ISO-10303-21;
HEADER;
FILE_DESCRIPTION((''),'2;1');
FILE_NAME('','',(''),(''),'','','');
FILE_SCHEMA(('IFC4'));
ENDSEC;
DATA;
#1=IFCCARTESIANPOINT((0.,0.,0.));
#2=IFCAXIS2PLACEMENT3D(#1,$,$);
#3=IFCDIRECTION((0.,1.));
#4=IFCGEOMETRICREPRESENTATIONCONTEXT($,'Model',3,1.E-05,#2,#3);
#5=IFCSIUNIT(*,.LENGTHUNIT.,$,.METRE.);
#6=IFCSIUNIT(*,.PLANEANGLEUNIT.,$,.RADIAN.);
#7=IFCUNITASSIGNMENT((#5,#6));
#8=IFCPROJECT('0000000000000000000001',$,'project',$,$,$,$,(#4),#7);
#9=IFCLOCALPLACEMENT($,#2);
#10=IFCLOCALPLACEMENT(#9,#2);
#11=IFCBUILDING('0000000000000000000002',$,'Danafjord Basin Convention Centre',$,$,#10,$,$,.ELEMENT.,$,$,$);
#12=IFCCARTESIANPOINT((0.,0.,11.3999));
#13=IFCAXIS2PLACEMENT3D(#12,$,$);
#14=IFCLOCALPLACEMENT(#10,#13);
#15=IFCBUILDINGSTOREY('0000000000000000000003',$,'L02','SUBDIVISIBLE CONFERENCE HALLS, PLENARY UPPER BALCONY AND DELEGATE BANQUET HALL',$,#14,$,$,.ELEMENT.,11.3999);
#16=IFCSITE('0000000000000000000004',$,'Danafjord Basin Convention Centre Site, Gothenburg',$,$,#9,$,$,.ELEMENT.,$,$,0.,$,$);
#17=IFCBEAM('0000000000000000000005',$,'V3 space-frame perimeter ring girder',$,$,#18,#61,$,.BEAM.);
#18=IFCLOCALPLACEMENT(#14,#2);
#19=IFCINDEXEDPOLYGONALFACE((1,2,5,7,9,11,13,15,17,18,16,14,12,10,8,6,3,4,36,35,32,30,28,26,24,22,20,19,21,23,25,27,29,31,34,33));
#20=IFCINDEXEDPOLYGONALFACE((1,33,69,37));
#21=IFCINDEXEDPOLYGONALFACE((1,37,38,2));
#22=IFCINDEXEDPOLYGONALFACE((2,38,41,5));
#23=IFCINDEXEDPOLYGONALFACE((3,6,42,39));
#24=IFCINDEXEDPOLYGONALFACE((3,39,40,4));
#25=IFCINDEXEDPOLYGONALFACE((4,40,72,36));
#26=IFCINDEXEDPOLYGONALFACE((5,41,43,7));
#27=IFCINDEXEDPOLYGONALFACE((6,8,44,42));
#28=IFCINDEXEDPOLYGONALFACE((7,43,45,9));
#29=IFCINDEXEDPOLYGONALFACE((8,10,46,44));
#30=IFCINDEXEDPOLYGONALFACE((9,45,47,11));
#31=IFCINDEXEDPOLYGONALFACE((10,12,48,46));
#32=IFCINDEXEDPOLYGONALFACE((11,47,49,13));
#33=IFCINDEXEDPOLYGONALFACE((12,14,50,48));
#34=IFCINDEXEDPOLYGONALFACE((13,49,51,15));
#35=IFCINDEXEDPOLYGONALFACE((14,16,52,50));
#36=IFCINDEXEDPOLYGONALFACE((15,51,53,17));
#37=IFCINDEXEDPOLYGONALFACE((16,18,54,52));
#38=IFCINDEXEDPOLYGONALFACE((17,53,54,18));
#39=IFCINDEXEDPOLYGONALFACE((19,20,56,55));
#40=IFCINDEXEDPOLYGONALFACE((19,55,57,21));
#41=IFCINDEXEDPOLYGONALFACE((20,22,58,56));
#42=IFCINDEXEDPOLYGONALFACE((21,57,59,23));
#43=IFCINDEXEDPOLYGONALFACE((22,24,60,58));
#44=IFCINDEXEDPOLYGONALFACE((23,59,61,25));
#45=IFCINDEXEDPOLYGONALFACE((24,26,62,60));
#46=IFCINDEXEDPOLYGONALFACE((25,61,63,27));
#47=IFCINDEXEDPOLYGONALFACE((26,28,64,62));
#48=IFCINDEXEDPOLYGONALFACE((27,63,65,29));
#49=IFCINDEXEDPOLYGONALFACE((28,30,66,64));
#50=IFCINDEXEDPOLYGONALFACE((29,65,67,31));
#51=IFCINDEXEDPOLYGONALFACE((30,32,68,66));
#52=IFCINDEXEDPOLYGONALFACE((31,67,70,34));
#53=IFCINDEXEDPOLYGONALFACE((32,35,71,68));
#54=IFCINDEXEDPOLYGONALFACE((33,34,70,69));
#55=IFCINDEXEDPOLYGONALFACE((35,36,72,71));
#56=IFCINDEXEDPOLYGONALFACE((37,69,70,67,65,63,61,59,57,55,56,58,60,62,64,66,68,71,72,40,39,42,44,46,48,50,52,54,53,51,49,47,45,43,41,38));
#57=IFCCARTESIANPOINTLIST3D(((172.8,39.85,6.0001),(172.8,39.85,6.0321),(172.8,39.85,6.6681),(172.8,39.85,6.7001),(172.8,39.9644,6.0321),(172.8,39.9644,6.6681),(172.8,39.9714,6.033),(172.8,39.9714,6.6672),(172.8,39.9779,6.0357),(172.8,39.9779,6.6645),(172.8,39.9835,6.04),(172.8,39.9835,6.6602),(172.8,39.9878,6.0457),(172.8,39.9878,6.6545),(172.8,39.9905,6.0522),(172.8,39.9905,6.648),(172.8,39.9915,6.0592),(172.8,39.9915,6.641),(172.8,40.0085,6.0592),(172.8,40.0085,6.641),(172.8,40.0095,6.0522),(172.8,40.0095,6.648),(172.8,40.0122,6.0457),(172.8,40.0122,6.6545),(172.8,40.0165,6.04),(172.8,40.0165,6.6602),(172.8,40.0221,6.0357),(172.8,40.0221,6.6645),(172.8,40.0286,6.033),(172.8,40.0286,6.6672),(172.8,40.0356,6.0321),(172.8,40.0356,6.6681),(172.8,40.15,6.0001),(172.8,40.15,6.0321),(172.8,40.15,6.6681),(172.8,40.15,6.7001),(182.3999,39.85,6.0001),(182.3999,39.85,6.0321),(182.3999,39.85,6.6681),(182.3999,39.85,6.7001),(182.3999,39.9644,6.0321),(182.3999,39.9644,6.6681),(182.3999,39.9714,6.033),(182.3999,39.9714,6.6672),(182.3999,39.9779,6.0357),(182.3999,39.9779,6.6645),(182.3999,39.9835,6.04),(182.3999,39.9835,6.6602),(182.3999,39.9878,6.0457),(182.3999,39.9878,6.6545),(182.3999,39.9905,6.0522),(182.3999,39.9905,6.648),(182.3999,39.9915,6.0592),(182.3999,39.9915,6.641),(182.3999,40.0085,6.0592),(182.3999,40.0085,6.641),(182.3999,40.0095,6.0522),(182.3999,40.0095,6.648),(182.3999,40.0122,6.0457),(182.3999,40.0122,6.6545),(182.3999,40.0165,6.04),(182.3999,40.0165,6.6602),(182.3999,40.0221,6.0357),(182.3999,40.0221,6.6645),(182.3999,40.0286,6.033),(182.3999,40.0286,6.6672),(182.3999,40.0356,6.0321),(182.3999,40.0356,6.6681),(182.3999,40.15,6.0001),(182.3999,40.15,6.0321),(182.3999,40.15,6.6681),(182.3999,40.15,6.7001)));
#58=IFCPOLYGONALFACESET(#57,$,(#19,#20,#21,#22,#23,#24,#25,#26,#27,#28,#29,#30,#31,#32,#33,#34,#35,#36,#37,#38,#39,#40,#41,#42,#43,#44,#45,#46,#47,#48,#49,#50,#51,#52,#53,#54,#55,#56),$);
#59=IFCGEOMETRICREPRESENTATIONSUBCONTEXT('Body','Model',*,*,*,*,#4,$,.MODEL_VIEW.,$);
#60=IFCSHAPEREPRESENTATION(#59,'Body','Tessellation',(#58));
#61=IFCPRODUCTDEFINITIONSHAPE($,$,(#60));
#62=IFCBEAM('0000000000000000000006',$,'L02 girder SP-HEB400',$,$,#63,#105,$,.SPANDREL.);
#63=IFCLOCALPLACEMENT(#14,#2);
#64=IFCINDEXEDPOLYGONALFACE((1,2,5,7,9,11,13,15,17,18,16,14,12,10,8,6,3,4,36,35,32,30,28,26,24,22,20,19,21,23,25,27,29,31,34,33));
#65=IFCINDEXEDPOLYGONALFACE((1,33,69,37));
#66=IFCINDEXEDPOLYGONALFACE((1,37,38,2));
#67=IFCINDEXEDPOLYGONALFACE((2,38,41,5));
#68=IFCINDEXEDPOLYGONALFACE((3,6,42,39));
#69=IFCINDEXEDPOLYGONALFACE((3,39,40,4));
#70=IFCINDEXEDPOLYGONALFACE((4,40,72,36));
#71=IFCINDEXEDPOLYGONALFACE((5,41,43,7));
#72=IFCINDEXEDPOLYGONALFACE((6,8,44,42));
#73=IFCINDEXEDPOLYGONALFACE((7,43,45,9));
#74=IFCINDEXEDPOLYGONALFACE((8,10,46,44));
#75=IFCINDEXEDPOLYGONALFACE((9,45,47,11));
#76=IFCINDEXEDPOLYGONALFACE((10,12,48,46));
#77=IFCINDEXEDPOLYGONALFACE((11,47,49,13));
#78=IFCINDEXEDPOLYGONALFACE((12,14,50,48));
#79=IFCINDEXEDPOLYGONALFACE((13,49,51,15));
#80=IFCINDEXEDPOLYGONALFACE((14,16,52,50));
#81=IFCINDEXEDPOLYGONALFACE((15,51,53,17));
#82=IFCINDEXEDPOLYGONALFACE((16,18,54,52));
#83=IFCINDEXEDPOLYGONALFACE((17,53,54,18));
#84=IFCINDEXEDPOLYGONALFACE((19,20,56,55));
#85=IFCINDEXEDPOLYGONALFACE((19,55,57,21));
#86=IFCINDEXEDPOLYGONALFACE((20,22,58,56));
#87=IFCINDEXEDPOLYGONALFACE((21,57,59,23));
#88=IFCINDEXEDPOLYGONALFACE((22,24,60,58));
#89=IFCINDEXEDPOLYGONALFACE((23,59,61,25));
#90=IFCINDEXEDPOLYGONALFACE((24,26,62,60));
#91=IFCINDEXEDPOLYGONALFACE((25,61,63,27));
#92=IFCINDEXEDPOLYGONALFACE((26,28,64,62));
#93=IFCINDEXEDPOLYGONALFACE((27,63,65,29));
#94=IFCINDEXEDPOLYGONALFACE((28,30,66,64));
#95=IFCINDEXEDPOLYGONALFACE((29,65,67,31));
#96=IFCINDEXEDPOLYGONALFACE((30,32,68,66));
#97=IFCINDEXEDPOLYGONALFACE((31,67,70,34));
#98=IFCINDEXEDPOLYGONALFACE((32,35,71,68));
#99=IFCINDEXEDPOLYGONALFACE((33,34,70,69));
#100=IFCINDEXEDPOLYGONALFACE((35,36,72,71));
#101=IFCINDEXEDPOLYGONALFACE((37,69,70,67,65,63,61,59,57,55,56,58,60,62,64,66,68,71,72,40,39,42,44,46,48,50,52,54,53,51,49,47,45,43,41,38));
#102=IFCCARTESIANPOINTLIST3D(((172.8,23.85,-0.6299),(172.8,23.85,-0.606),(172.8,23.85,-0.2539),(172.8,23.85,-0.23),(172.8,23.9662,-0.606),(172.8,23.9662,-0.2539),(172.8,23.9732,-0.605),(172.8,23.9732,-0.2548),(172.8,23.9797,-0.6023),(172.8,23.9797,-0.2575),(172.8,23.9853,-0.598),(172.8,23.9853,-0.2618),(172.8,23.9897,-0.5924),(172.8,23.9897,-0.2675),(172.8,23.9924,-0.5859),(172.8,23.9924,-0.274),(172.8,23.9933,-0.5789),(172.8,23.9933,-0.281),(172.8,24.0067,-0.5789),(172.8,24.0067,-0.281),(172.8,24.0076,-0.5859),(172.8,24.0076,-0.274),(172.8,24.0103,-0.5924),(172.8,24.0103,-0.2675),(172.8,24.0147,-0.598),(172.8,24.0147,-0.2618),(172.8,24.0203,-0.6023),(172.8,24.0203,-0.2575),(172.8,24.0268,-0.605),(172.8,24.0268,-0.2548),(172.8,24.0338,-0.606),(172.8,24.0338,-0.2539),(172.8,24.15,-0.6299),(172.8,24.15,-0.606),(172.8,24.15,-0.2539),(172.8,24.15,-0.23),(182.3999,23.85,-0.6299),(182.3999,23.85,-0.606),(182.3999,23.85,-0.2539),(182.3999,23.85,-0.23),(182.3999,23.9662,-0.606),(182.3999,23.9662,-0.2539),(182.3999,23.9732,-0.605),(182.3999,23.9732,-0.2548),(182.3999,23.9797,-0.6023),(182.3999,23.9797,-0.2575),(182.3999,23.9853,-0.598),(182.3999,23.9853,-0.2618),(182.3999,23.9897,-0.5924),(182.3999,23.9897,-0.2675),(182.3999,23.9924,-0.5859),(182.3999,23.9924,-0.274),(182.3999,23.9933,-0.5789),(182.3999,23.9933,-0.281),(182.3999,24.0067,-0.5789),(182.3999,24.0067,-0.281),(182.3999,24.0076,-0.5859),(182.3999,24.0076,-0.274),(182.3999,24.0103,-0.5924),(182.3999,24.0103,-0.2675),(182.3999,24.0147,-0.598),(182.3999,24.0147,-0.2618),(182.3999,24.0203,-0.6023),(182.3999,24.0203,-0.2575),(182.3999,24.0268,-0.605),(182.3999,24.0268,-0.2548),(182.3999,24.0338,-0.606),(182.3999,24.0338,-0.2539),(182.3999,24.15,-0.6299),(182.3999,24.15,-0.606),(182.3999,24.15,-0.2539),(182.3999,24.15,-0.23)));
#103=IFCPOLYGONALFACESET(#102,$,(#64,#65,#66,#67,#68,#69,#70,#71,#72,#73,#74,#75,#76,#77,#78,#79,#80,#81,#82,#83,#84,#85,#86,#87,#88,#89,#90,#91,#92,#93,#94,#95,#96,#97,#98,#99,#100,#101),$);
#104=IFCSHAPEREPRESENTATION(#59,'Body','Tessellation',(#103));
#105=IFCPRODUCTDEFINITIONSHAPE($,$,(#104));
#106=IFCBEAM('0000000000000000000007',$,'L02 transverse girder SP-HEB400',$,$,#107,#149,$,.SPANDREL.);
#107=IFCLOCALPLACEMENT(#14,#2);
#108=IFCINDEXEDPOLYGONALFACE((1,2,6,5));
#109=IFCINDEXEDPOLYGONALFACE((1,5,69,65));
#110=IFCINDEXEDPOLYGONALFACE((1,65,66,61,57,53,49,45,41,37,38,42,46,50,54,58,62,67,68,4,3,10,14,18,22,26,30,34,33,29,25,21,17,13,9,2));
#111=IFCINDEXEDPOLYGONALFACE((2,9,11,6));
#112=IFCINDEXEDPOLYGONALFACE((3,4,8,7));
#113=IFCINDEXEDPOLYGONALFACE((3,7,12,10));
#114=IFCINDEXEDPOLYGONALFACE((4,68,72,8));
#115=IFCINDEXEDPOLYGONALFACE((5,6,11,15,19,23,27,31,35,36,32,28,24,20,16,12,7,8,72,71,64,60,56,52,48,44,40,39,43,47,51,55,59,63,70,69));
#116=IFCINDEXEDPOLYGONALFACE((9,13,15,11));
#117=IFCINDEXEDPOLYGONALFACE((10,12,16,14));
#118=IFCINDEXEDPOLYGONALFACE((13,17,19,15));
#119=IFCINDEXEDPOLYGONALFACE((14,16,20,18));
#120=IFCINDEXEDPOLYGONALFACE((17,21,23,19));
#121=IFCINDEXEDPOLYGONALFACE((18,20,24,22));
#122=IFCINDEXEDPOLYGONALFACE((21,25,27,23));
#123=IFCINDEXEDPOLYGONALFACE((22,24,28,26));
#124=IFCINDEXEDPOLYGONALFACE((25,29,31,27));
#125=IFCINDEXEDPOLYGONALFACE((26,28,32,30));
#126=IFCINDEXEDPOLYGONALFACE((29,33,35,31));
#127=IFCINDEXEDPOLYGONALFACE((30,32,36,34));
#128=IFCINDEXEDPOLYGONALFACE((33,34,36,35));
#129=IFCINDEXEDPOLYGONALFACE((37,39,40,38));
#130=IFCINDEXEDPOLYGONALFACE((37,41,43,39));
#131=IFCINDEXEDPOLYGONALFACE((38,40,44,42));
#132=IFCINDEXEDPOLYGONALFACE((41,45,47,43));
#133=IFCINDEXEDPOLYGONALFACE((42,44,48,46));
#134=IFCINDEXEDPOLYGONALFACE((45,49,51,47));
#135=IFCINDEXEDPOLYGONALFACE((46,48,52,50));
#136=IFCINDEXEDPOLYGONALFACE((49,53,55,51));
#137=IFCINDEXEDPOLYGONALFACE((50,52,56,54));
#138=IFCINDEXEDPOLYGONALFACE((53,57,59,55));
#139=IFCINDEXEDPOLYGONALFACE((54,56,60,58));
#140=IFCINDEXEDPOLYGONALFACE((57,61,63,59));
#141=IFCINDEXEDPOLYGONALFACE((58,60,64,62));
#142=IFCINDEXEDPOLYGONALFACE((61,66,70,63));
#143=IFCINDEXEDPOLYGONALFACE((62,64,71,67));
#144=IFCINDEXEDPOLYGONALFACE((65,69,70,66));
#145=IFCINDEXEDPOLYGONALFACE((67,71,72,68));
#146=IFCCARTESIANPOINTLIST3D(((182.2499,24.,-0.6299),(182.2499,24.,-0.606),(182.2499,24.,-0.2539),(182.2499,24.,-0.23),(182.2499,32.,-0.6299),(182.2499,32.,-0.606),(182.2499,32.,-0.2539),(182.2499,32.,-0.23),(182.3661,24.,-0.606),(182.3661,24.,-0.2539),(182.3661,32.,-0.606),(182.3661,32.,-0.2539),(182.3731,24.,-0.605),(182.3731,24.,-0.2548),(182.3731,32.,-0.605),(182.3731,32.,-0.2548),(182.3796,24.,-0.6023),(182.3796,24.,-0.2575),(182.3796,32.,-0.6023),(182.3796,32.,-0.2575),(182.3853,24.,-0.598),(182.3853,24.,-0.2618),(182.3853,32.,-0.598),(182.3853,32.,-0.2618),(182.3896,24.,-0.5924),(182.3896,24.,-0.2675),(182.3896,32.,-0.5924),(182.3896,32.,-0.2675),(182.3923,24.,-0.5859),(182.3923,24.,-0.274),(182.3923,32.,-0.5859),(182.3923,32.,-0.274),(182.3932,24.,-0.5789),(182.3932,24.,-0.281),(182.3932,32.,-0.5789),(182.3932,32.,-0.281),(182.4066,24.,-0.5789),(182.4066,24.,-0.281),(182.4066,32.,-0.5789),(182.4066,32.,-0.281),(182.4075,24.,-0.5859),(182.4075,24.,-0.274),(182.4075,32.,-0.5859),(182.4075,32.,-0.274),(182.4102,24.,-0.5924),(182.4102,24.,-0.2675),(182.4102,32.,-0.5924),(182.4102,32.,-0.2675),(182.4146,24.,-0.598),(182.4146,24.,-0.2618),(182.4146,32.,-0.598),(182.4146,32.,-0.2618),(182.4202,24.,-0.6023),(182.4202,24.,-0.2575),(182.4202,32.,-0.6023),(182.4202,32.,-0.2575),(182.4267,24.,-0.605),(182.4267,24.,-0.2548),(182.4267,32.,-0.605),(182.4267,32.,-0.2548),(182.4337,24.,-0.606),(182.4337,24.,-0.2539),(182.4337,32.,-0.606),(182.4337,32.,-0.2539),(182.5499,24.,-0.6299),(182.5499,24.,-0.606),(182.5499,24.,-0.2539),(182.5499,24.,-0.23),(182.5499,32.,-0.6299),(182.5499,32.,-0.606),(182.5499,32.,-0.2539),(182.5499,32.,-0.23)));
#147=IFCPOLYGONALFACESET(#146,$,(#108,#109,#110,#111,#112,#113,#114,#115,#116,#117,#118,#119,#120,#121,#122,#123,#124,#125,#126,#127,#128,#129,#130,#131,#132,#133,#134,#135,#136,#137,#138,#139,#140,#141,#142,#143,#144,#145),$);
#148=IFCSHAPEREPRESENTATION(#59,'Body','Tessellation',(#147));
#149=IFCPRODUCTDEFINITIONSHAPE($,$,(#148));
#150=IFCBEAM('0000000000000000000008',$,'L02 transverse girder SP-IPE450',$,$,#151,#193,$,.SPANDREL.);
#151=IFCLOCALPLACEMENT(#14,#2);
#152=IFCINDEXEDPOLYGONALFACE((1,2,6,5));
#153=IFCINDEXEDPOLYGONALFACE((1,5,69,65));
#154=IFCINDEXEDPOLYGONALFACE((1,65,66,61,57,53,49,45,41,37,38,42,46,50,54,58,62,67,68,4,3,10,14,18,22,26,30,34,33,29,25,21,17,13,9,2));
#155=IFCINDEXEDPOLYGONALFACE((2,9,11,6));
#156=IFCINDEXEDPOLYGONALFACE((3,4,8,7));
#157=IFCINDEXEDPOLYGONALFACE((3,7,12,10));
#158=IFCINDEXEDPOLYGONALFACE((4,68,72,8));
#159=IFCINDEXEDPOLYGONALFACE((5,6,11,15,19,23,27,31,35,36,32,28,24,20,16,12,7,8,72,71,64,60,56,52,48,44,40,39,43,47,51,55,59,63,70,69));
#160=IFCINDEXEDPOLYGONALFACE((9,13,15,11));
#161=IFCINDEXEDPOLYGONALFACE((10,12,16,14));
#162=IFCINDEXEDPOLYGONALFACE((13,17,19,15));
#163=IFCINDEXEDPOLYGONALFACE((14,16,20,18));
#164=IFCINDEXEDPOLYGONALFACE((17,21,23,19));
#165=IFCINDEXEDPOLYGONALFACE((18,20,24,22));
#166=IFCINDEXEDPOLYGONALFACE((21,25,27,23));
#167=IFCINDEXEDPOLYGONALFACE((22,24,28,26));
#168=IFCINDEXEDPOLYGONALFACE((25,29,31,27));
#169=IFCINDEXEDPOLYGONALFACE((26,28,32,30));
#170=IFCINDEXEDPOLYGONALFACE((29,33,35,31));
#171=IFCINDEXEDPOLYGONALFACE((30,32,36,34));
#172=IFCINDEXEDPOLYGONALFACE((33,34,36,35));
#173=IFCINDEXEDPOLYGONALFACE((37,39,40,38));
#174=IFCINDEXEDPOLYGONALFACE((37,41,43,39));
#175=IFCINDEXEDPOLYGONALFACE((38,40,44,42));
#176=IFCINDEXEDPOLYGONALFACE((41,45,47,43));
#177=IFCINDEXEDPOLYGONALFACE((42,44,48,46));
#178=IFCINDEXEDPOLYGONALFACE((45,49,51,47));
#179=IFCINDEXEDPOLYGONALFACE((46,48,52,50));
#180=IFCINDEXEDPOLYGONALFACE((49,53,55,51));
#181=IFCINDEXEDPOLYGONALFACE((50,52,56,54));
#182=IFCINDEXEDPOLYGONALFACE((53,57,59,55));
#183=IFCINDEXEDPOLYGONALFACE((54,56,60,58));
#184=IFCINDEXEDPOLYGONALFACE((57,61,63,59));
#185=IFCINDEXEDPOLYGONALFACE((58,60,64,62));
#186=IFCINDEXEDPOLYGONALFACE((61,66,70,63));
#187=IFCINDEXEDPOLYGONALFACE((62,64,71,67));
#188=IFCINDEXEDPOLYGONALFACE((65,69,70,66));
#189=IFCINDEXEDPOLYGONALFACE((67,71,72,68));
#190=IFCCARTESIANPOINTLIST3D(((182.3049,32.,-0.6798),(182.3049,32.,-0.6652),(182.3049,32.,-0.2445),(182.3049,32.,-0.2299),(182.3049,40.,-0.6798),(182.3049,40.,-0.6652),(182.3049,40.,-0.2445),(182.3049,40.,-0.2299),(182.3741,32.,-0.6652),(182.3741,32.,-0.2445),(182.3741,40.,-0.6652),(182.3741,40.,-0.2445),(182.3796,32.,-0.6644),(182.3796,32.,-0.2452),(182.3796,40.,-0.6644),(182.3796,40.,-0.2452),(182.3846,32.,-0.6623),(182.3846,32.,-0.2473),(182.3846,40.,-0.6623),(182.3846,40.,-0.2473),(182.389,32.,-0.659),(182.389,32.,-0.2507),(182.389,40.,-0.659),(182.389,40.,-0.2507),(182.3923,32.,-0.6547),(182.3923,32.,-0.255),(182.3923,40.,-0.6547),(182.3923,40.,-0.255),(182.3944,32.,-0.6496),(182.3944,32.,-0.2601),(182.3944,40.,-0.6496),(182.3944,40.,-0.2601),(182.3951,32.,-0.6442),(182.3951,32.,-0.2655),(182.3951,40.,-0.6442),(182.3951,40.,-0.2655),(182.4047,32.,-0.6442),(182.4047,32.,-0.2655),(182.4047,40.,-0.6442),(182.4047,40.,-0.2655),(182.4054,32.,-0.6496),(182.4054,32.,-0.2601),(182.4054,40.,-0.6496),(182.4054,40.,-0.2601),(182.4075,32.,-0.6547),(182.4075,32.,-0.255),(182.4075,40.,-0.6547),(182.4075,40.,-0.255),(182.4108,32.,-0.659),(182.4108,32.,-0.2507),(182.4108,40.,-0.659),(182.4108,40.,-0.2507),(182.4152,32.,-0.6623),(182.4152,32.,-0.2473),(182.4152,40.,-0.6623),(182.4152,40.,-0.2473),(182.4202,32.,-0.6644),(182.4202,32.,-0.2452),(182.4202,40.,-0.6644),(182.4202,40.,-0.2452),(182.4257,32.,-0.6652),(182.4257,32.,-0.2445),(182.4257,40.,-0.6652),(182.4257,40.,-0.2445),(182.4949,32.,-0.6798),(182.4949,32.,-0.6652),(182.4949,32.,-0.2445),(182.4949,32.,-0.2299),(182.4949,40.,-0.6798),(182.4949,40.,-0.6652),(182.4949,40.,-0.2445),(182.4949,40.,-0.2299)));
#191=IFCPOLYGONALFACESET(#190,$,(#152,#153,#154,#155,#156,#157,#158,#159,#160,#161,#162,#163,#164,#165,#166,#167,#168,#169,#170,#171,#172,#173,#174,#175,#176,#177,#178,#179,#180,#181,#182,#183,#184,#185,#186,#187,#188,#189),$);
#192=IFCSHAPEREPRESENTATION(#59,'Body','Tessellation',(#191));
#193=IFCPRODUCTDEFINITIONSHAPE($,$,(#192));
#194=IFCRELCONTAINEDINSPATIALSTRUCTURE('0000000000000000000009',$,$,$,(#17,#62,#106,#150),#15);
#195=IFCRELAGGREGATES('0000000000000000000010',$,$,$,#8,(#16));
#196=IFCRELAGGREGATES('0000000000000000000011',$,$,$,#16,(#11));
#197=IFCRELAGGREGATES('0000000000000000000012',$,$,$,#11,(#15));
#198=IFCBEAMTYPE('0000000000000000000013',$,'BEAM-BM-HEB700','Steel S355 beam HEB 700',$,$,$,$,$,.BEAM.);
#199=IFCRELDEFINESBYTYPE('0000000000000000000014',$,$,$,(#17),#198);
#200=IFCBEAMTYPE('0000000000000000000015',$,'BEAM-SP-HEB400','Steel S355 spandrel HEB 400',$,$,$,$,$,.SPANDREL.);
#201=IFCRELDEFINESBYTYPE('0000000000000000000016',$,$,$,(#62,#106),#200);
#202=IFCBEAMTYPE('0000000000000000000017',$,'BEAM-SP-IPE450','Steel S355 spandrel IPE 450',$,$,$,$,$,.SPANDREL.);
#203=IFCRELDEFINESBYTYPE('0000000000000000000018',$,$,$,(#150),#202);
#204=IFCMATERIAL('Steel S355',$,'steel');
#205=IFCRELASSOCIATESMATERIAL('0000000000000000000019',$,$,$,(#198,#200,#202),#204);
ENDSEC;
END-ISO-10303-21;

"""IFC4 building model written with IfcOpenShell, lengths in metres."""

from ifc_helpers import new_model, si_unit, direction, frame, origin, origin_2d, place, context, subcontext, project, spatial, i_section, extrude, material, material_profile, profile_set, type_object, element, save


model = new_model("IFC4")

# Units and contexts
model_context = context("Model", 3, precision=1e-05, world=origin(), true_north=direction((0.0, 1.0)))
body_context = subcontext(model_context, "Body", "Model", "MODEL_VIEW")
ifc_project = project(units=[si_unit("LENGTHUNIT", "METRE"), si_unit("PLANEANGLEUNIT", "RADIAN")], contexts=[model_context])

# Site, building, storey
site_placement = place(None, origin())
site = spatial("IfcSite", under=ifc_project, at=site_placement, Name="Danafjord Basin Convention Centre Site, Gothenburg", CompositionType="ELEMENT", RefElevation=0.0)
building_placement = place(site_placement, origin())
building = spatial("IfcBuilding", under=site, at=building_placement, Name="Danafjord Basin Convention Centre", CompositionType="ELEMENT")
storey_placement = place(building_placement, frame((0.0, 0.0, 11.3999)))
storey = spatial("IfcBuildingStorey", under=building, at=storey_placement, Name="L02", Description="SUBDIVISIBLE CONFERENCE HALLS, PLENARY UPPER BALCONY AND DELEGATE BANQUET HALL", CompositionType="ELEMENT", Elevation=11.3999)

# Shared definitions
ifc_material_1 = material(Name="Steel S355", Category="steel")

# Beams
ifc_material_profile_1 = material_profile(ifc_material_1, i_section(OverallWidth=0.3, OverallDepth=0.7, WebThickness=0.0171, FlangeThickness=0.032, FilletRadius=0.0271, at=origin_2d()), Name="HEB 700")
ifc_profile_set_1 = profile_set([ifc_material_profile_1], Name="Steel S355")
beam_type_1 = type_object("IfcBeamType", Name="BEAM-BM-HEB700", Description="Steel S355 beam HEB 700", PredefinedType="BEAM", material=ifc_profile_set_1)
beam_1_placement = place(storey_placement, frame((172.8, 40.0, 6.3501), z_axis=(1.0, 0.0, 0.0), x_axis=(0.0, 1.0, 0.0)))
element("IfcBeam", 1, at=beam_1_placement, inside=storey, type_object=beam_type_1, Name="V3 space-frame perimeter ring girder", PredefinedType="BEAM", context=body_context, shape_type="SweptSolid", body=[
    extrude(i_section(OverallWidth=0.3, OverallDepth=0.7, WebThickness=0.0171, FlangeThickness=0.032, FilletRadius=0.0271, at=origin_2d()), origin(), (0.0, 0.0, 1.0), 9.5999),
])
ifc_material_profile_2 = material_profile(ifc_material_1, i_section(OverallWidth=0.3, OverallDepth=0.3999, WebThickness=0.0134, FlangeThickness=0.0239, FilletRadius=0.0271, at=origin_2d()), Name="HEB 400")
ifc_profile_set_2 = profile_set([ifc_material_profile_2], Name="Steel S355")
beam_type_2 = type_object("IfcBeamType", Name="BEAM-SP-HEB400", Description="Steel S355 spandrel HEB 400", PredefinedType="SPANDREL", material=ifc_profile_set_2)
beam_2_placement = place(storey_placement, frame((172.8, 24.0, -0.4299), z_axis=(1.0, 0.0, 0.0), x_axis=(0.0, 1.0, 0.0)))
element("IfcBeam", 2, at=beam_2_placement, inside=storey, type_object=beam_type_2, Name="L02 girder SP-HEB400", PredefinedType="SPANDREL", context=body_context, shape_type="SweptSolid", body=[
    extrude(i_section(OverallWidth=0.3, OverallDepth=0.3999, WebThickness=0.0134, FlangeThickness=0.0239, FilletRadius=0.0271, at=origin_2d()), origin(), (0.0, 0.0, 1.0), 9.5999),
])
beam_3_placement = place(storey_placement, frame((182.3999, 24.0, -0.4299), z_axis=(0.0, 1.0, 0.0), x_axis=(-1.0, 0.0, 0.0)))
element("IfcBeam", 3, at=beam_3_placement, inside=storey, type_object=beam_type_2, Name="L02 transverse girder SP-HEB400", PredefinedType="SPANDREL", context=body_context, shape_type="SweptSolid", body=[
    extrude(i_section(OverallWidth=0.3, OverallDepth=0.3999, WebThickness=0.0134, FlangeThickness=0.0239, FilletRadius=0.0271, at=origin_2d()), origin(), (0.0, 0.0, 1.0), 8.0),
])
ifc_material_profile_3 = material_profile(ifc_material_1, i_section(OverallWidth=0.1899, OverallDepth=0.45, WebThickness=0.0095, FlangeThickness=0.0146, FilletRadius=0.021, at=origin_2d()), Name="IPE 450")
ifc_profile_set_3 = profile_set([ifc_material_profile_3], Name="Steel S355")
beam_type_3 = type_object("IfcBeamType", Name="BEAM-SP-IPE450", Description="Steel S355 spandrel IPE 450", PredefinedType="SPANDREL", material=ifc_profile_set_3)
beam_4_placement = place(storey_placement, frame((182.3999, 32.0, -0.4548), z_axis=(0.0, 1.0, 0.0), x_axis=(-1.0, 0.0, 0.0)))
element("IfcBeam", 4, at=beam_4_placement, inside=storey, type_object=beam_type_3, Name="L02 transverse girder SP-IPE450", PredefinedType="SPANDREL", context=body_context, shape_type="SweptSolid", body=[
    extrude(i_section(OverallWidth=0.1899, OverallDepth=0.45, WebThickness=0.0095, FlangeThickness=0.0146, FilletRadius=0.021, at=origin_2d()), origin(), (0.0, 0.0, 1.0), 8.0),
])

save(model, "model.ifc")
